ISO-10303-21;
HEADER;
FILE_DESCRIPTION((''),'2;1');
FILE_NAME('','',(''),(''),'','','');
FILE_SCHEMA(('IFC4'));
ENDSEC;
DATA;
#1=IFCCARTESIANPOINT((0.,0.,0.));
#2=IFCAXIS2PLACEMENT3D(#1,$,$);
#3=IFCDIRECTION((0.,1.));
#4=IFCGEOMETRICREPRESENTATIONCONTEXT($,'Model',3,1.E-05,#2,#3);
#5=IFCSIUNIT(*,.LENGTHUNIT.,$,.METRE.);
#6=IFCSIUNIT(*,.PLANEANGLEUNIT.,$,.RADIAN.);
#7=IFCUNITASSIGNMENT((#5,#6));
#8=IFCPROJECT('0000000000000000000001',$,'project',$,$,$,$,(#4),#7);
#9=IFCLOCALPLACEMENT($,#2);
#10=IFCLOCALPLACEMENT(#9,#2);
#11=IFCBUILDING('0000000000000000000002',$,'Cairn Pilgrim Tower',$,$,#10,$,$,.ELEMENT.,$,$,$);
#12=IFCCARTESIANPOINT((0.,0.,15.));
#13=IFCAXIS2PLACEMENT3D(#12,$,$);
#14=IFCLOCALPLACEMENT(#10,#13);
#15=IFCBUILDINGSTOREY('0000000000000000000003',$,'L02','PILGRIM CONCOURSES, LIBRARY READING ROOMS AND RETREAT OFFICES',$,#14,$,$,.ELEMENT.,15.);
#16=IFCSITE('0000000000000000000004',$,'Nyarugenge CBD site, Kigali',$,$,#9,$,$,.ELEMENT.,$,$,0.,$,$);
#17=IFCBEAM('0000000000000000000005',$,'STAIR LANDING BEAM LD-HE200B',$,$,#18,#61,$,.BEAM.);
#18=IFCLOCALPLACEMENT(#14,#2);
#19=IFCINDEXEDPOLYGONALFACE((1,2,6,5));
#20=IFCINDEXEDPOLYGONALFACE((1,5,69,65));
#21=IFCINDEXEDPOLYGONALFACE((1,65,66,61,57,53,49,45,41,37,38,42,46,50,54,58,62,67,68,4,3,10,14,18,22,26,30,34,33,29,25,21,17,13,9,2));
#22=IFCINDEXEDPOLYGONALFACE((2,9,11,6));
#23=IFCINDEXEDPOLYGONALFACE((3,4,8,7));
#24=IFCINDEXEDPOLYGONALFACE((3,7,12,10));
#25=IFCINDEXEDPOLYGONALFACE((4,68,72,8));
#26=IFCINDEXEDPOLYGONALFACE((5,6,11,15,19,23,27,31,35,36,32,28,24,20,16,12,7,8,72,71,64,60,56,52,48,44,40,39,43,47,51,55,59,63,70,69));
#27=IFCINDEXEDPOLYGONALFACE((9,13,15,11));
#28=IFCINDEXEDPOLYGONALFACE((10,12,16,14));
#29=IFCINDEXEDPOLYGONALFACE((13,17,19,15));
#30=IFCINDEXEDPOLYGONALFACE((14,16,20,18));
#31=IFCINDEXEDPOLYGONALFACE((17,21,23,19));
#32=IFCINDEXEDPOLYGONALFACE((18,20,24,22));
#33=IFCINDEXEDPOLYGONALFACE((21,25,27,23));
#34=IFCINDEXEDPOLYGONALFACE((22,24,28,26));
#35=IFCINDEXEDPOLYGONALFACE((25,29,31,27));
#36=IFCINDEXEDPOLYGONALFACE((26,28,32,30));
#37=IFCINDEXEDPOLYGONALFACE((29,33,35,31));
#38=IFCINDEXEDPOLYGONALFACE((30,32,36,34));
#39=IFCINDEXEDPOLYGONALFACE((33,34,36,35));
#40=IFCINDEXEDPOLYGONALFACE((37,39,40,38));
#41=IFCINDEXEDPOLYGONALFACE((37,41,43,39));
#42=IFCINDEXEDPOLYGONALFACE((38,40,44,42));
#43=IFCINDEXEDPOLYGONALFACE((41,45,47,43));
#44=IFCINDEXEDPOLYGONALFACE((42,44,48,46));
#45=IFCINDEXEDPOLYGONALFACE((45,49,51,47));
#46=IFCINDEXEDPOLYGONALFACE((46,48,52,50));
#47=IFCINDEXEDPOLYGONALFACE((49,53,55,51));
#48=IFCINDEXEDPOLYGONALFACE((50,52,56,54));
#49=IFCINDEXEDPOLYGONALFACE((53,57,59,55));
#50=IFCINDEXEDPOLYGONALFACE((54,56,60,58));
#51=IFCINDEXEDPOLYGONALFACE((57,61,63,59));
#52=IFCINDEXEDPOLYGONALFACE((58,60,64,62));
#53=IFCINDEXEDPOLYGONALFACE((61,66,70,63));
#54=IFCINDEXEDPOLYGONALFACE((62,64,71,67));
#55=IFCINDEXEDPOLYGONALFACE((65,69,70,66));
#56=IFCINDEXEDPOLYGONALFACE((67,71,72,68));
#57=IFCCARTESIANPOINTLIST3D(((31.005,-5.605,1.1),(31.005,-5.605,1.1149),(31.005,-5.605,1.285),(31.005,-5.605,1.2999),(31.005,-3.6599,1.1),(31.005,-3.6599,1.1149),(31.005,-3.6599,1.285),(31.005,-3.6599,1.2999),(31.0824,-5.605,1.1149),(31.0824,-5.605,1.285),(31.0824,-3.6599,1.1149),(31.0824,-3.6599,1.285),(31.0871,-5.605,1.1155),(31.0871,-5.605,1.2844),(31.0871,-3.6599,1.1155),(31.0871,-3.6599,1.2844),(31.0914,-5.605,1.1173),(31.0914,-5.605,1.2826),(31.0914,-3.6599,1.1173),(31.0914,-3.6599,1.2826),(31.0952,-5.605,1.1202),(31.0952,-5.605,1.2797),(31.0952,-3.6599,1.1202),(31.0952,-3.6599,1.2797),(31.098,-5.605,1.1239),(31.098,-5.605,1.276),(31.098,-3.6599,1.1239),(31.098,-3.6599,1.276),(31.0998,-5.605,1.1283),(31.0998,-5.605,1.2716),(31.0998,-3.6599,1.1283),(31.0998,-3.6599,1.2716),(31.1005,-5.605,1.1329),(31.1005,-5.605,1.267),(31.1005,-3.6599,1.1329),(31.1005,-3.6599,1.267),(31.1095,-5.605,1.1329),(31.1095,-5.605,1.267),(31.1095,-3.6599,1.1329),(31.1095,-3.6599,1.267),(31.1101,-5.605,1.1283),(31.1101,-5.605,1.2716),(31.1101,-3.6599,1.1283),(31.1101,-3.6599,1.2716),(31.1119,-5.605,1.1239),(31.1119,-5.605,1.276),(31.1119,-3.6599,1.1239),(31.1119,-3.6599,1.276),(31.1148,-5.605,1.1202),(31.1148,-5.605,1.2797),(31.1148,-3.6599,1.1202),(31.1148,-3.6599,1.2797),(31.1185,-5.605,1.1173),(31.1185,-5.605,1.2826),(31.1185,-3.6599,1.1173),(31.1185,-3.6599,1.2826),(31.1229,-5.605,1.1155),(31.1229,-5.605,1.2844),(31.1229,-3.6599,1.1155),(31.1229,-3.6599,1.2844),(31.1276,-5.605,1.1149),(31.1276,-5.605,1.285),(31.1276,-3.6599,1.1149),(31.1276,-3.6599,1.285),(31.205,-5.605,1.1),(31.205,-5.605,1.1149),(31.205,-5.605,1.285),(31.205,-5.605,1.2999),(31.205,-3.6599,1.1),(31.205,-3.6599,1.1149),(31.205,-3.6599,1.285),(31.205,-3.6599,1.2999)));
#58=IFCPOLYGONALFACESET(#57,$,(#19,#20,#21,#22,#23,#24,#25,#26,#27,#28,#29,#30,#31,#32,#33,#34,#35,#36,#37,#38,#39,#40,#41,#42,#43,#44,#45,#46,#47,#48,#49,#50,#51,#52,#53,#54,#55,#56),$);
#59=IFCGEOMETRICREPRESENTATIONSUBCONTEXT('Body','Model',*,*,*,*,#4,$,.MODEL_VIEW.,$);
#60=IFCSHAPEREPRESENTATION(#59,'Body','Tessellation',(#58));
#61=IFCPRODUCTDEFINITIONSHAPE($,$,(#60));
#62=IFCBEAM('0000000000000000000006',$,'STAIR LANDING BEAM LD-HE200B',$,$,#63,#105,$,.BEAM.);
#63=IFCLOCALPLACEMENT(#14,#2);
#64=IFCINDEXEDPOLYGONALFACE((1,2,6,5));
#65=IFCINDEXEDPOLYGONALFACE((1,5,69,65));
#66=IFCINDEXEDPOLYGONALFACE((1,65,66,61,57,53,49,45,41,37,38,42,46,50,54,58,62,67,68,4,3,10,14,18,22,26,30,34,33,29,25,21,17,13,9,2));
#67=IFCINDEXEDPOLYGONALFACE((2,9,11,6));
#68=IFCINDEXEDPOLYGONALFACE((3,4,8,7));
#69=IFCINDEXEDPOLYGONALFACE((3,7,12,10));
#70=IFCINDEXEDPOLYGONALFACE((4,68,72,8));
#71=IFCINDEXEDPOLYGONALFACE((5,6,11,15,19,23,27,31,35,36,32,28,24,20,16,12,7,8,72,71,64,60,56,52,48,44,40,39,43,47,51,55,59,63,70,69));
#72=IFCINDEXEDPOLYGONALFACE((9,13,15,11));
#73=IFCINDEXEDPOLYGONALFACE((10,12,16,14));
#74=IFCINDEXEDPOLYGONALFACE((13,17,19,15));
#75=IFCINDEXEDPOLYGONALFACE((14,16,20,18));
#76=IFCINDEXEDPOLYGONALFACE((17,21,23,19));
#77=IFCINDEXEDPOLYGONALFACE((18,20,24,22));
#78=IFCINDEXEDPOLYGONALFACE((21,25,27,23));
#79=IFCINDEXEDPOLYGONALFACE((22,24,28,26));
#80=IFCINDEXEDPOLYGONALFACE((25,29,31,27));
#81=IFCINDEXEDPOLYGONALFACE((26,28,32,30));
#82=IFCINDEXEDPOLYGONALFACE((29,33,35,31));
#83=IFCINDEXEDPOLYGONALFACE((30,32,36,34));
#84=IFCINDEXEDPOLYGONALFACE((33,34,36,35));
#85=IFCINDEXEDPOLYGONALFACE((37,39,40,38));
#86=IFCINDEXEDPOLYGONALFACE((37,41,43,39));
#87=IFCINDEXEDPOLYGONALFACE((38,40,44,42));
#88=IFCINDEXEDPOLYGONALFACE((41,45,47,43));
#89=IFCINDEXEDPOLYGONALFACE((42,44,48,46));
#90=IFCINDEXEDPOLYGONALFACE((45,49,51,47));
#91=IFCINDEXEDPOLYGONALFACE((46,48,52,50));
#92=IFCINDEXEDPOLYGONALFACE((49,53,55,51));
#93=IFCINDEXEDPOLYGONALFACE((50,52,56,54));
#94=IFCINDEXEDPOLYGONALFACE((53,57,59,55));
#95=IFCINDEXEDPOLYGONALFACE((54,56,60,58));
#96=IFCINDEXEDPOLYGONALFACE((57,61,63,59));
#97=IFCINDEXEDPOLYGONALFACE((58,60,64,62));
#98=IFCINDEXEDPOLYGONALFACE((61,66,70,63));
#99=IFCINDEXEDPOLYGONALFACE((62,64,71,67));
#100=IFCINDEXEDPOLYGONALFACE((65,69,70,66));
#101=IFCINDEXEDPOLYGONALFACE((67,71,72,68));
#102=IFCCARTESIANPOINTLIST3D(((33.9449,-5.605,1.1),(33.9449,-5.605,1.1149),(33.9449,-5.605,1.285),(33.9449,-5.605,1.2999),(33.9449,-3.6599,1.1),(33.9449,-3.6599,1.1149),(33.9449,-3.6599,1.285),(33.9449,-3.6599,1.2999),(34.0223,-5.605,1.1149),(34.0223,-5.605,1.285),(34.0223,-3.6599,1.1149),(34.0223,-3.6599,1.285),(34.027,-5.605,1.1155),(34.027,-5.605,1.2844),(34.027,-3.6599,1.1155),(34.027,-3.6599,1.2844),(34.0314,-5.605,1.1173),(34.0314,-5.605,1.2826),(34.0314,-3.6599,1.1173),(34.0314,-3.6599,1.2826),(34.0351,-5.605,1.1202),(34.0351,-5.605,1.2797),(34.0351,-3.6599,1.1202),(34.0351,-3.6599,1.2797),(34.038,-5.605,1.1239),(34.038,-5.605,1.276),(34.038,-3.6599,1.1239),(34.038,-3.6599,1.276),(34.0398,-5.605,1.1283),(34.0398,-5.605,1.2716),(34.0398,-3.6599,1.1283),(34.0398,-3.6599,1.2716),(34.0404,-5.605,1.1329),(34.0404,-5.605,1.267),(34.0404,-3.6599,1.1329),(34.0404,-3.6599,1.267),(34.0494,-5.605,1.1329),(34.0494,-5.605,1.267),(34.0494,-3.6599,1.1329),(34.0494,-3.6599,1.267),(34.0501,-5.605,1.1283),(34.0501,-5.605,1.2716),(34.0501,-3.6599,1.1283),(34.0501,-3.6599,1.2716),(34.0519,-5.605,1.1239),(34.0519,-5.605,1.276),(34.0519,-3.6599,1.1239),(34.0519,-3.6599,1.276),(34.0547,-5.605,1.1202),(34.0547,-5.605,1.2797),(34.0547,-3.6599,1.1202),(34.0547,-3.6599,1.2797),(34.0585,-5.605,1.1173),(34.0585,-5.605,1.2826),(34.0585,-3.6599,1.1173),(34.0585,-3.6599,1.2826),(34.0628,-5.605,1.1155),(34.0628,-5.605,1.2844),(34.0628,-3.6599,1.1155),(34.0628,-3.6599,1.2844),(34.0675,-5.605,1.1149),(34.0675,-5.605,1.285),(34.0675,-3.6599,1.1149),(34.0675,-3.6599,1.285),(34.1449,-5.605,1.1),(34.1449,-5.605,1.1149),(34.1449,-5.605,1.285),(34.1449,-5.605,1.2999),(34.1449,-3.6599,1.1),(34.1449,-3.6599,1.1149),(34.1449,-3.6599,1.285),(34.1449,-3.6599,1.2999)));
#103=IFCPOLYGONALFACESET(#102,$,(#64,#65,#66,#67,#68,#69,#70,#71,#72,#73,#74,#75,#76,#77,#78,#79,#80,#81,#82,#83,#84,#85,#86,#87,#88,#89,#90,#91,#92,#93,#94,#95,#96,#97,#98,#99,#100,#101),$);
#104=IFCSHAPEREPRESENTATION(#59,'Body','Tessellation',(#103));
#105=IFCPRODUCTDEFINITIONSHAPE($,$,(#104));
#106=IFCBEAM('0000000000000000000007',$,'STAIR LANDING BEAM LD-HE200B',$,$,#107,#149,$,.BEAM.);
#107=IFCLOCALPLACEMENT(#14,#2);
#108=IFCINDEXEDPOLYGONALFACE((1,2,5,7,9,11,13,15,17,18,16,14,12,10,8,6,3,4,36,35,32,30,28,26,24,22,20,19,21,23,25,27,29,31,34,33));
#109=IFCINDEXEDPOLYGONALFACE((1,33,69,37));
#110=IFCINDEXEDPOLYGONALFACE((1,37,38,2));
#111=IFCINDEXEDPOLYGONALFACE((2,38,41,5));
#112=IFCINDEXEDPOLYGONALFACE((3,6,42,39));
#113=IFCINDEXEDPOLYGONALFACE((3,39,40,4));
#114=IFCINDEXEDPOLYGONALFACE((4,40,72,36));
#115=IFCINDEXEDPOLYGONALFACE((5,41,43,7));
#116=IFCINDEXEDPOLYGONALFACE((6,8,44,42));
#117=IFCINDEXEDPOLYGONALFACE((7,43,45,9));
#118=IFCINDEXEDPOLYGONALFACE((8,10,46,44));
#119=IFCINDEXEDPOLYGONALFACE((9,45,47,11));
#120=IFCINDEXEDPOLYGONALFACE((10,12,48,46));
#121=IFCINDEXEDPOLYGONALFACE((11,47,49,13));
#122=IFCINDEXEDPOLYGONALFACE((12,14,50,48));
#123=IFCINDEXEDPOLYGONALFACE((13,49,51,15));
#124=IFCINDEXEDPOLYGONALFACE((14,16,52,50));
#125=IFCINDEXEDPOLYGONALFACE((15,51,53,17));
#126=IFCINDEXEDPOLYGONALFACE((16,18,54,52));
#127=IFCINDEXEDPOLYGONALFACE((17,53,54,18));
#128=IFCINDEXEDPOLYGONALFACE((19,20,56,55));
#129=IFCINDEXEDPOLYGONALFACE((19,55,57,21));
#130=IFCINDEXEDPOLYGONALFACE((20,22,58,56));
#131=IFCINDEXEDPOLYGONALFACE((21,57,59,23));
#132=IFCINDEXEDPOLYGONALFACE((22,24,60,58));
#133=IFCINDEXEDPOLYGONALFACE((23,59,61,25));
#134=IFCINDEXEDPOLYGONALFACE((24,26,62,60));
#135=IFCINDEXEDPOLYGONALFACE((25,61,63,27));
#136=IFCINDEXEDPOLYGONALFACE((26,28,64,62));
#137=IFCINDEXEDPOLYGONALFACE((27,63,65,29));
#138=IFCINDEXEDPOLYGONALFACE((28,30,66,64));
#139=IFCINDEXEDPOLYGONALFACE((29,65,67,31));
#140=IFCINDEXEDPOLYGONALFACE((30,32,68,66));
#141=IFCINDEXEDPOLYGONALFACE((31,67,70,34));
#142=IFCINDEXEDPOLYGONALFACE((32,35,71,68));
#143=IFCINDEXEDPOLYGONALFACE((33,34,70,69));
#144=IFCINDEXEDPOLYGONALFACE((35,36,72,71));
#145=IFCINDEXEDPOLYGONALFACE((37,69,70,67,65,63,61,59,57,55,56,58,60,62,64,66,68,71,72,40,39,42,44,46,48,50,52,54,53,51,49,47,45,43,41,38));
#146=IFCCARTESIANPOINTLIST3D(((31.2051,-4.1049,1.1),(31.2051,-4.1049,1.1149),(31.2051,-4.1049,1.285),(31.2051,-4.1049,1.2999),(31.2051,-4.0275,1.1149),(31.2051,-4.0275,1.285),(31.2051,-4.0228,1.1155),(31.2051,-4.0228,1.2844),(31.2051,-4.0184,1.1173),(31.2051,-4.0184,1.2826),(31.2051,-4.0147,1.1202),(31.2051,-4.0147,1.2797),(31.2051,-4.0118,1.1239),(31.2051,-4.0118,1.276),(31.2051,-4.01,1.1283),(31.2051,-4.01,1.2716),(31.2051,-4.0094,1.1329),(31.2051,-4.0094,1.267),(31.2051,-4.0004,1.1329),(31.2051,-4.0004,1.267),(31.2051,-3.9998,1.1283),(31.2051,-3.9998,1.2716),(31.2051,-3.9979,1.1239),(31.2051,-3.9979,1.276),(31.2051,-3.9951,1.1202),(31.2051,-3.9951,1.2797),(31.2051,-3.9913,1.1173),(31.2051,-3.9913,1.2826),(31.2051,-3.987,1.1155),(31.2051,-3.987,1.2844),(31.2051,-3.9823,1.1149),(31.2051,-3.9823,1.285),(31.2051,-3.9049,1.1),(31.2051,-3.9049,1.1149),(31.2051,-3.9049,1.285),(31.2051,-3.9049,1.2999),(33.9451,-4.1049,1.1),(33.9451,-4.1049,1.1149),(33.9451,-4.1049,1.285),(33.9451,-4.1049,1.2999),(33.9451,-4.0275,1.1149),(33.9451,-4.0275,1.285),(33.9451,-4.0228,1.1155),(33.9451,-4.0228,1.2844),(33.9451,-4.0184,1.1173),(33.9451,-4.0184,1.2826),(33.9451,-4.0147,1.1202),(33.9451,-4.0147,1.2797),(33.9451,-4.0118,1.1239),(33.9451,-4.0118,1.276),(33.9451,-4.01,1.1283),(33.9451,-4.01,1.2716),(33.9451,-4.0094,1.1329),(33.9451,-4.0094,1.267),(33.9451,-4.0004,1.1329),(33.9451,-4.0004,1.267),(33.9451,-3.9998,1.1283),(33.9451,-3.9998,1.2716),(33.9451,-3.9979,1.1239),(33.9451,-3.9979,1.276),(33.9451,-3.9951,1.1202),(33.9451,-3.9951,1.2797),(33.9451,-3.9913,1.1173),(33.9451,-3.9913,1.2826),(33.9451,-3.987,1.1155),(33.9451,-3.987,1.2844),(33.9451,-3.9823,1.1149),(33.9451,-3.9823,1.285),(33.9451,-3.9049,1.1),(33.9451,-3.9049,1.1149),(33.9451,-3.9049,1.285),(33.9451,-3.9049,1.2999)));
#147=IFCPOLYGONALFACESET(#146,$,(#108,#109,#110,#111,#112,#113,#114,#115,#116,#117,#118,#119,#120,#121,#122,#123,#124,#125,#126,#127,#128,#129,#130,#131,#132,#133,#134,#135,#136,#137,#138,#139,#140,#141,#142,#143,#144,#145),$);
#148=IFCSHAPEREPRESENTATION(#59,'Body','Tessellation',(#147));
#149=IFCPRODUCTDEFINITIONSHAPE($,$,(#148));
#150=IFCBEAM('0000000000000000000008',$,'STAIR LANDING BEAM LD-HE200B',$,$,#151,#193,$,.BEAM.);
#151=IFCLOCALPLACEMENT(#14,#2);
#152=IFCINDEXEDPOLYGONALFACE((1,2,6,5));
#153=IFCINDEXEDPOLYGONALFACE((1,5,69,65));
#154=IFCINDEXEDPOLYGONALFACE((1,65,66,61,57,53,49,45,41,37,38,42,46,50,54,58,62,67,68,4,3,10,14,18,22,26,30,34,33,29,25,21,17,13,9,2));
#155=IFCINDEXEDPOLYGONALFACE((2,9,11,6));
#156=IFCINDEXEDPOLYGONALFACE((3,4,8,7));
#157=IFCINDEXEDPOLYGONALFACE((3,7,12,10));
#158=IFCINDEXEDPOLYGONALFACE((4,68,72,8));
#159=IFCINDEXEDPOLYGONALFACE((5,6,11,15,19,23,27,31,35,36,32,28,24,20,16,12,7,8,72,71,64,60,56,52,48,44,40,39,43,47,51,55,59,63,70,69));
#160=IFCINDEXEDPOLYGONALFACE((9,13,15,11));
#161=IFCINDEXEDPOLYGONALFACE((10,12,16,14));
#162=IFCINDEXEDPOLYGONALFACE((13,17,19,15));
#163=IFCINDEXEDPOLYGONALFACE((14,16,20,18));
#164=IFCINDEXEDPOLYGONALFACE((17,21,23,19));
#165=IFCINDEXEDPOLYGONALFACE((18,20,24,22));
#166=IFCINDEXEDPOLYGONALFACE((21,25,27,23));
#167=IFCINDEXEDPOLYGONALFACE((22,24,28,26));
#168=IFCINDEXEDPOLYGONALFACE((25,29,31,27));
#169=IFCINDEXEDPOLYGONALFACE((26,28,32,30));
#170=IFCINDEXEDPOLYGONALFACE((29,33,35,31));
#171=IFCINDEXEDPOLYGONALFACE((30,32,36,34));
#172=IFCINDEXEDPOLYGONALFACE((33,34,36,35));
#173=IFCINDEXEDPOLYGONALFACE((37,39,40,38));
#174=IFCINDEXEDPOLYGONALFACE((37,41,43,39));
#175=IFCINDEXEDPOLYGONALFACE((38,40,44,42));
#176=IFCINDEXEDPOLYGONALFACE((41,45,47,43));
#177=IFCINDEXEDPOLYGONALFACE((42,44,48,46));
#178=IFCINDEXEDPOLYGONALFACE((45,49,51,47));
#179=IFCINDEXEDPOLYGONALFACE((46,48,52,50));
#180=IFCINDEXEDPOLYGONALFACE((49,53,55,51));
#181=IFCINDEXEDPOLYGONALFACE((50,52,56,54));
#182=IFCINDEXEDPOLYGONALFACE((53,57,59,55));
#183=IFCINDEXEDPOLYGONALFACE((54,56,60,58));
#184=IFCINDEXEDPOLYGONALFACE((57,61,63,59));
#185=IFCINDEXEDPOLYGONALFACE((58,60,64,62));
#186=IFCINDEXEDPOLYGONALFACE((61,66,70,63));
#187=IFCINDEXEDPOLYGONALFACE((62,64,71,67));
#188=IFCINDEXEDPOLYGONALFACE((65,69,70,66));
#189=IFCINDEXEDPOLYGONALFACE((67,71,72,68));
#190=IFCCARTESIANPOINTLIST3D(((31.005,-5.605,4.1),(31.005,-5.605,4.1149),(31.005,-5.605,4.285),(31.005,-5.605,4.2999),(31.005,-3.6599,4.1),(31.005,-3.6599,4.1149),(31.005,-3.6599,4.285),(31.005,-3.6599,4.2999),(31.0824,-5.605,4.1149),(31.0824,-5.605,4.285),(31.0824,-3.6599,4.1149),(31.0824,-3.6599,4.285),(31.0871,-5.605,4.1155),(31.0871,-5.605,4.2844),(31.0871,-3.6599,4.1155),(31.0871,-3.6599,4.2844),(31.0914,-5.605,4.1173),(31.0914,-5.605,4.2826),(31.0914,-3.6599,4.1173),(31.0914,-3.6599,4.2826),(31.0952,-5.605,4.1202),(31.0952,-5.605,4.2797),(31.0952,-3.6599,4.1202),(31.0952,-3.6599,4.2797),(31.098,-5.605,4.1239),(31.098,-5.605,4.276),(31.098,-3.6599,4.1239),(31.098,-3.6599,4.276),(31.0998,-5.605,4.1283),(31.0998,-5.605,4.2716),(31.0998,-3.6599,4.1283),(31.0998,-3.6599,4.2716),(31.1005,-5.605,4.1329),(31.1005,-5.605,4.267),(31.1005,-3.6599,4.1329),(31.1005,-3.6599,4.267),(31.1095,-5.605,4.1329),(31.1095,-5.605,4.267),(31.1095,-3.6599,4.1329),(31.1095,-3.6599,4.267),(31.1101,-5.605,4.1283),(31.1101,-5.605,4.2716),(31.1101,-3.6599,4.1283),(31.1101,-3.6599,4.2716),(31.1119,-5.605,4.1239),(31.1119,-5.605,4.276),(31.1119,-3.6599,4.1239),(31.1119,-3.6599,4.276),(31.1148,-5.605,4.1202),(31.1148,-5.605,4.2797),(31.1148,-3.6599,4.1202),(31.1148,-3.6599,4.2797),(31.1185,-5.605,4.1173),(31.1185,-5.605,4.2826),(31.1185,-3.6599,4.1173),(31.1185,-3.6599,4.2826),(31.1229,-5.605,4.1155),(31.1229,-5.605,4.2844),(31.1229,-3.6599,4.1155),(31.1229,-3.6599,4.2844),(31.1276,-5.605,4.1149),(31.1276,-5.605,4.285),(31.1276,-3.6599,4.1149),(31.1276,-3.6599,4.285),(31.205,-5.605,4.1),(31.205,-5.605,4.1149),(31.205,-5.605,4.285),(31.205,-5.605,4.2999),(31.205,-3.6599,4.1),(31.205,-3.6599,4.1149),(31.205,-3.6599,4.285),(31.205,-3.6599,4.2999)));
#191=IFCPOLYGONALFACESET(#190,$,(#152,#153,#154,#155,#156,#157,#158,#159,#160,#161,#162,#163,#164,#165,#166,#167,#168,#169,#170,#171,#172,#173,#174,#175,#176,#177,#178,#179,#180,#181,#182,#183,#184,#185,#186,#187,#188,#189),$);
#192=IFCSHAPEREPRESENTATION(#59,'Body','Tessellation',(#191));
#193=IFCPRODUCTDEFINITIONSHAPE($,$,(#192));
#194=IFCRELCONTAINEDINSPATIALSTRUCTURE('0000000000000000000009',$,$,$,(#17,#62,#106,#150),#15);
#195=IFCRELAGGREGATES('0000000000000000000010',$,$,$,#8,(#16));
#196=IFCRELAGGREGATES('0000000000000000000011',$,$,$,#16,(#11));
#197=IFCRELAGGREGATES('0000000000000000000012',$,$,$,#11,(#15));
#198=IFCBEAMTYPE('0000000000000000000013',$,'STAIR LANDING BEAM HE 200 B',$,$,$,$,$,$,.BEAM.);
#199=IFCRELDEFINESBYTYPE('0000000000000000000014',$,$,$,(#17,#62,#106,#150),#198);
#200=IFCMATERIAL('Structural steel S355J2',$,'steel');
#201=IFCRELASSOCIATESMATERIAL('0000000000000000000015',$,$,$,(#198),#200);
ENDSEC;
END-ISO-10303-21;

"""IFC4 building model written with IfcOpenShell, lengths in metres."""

from ifc_helpers import new_model, si_unit, direction, frame, origin, origin_2d, place, context, subcontext, project, spatial, i_section, extrude, material, material_profile, profile_set, type_object, element, save


model = new_model("IFC4")

# Units and contexts
model_context = context("Model", 3, precision=1e-05, world=origin(), true_north=direction((0.0, 1.0)))
body_context = subcontext(model_context, "Body", "Model", "MODEL_VIEW")
ifc_project = project(units=[si_unit("LENGTHUNIT", "METRE"), si_unit("PLANEANGLEUNIT", "RADIAN")], contexts=[model_context])

# Site, building, storey
site_placement = place(None, origin())
site = spatial("IfcSite", under=ifc_project, at=site_placement, Name="Nyarugenge CBD site, Kigali", CompositionType="ELEMENT", RefElevation=0.0)
building_placement = place(site_placement, origin())
building = spatial("IfcBuilding", under=site, at=building_placement, Name="Cairn Pilgrim Tower", CompositionType="ELEMENT")
storey_placement = place(building_placement, frame((0.0, 0.0, 15.0)))
storey = spatial("IfcBuildingStorey", under=building, at=storey_placement, Name="L02", Description="PILGRIM CONCOURSES, LIBRARY READING ROOMS AND RETREAT OFFICES", CompositionType="ELEMENT", Elevation=15.0)

# Shared definitions
ifc_material_1 = material(Name="Structural steel S355J2", Category="steel")

# Beams
ifc_material_profile_1 = material_profile(ifc_material_1, i_section(OverallWidth=0.2, OverallDepth=0.2, WebThickness=0.009, FlangeThickness=0.0149, FilletRadius=0.0181, at=origin_2d()), Name="HE 200 B")
ifc_profile_set_1 = profile_set([ifc_material_profile_1], Name="Structural steel S355J2")
beam_type_1 = type_object("IfcBeamType", Name="STAIR LANDING BEAM HE 200 B", PredefinedType="BEAM", material=ifc_profile_set_1)
for number, where, z_axis, x_axis, name in (
    (1, (31.105, -3.6599, 1.2), (0.0, -1.0, 0.0), (1.0, 0.0, 0.0), "STAIR LANDING BEAM LD-HE200B"),
    (2, (34.0449, -3.6599, 1.2), (0.0, -1.0, 0.0), (1.0, 0.0, 0.0), "STAIR LANDING BEAM LD-HE200B"),
):
    element("IfcBeam", number, at=place(storey_placement, frame(where, z_axis=z_axis, x_axis=x_axis)), inside=storey, type_object=beam_type_1, Name=name, PredefinedType="BEAM", context=body_context, shape_type="SweptSolid", body=[
        extrude(i_section(OverallWidth=0.2, OverallDepth=0.2, WebThickness=0.009, FlangeThickness=0.0149, FilletRadius=0.0181, at=origin_2d()), origin(), (0.0, 0.0, 1.0), 1.9451),
    ])
beam_1_placement = place(storey_placement, frame((31.2051, -4.0049, 1.2), z_axis=(1.0, 0.0, 0.0), x_axis=(0.0, 1.0, 0.0)))
element("IfcBeam", 3, at=beam_1_placement, inside=storey, type_object=beam_type_1, Name="STAIR LANDING BEAM LD-HE200B", PredefinedType="BEAM", context=body_context, shape_type="SweptSolid", body=[
    extrude(i_section(OverallWidth=0.2, OverallDepth=0.2, WebThickness=0.009, FlangeThickness=0.0149, FilletRadius=0.0181, at=origin_2d()), origin(), (0.0, 0.0, 1.0), 2.74),
])
for number, where, z_axis, x_axis, name in (
    (4, (31.105, -3.6599, 4.2), (0.0, -1.0, 0.0), (1.0, 0.0, 0.0), "STAIR LANDING BEAM LD-HE200B"),
):
    element("IfcBeam", number, at=place(storey_placement, frame(where, z_axis=z_axis, x_axis=x_axis)), inside=storey, type_object=beam_type_1, Name=name, PredefinedType="BEAM", context=body_context, shape_type="SweptSolid", body=[
        extrude(i_section(OverallWidth=0.2, OverallDepth=0.2, WebThickness=0.009, FlangeThickness=0.0149, FilletRadius=0.0181, at=origin_2d()), origin(), (0.0, 0.0, 1.0), 1.9451),
    ])

save(model, "model.ifc")
